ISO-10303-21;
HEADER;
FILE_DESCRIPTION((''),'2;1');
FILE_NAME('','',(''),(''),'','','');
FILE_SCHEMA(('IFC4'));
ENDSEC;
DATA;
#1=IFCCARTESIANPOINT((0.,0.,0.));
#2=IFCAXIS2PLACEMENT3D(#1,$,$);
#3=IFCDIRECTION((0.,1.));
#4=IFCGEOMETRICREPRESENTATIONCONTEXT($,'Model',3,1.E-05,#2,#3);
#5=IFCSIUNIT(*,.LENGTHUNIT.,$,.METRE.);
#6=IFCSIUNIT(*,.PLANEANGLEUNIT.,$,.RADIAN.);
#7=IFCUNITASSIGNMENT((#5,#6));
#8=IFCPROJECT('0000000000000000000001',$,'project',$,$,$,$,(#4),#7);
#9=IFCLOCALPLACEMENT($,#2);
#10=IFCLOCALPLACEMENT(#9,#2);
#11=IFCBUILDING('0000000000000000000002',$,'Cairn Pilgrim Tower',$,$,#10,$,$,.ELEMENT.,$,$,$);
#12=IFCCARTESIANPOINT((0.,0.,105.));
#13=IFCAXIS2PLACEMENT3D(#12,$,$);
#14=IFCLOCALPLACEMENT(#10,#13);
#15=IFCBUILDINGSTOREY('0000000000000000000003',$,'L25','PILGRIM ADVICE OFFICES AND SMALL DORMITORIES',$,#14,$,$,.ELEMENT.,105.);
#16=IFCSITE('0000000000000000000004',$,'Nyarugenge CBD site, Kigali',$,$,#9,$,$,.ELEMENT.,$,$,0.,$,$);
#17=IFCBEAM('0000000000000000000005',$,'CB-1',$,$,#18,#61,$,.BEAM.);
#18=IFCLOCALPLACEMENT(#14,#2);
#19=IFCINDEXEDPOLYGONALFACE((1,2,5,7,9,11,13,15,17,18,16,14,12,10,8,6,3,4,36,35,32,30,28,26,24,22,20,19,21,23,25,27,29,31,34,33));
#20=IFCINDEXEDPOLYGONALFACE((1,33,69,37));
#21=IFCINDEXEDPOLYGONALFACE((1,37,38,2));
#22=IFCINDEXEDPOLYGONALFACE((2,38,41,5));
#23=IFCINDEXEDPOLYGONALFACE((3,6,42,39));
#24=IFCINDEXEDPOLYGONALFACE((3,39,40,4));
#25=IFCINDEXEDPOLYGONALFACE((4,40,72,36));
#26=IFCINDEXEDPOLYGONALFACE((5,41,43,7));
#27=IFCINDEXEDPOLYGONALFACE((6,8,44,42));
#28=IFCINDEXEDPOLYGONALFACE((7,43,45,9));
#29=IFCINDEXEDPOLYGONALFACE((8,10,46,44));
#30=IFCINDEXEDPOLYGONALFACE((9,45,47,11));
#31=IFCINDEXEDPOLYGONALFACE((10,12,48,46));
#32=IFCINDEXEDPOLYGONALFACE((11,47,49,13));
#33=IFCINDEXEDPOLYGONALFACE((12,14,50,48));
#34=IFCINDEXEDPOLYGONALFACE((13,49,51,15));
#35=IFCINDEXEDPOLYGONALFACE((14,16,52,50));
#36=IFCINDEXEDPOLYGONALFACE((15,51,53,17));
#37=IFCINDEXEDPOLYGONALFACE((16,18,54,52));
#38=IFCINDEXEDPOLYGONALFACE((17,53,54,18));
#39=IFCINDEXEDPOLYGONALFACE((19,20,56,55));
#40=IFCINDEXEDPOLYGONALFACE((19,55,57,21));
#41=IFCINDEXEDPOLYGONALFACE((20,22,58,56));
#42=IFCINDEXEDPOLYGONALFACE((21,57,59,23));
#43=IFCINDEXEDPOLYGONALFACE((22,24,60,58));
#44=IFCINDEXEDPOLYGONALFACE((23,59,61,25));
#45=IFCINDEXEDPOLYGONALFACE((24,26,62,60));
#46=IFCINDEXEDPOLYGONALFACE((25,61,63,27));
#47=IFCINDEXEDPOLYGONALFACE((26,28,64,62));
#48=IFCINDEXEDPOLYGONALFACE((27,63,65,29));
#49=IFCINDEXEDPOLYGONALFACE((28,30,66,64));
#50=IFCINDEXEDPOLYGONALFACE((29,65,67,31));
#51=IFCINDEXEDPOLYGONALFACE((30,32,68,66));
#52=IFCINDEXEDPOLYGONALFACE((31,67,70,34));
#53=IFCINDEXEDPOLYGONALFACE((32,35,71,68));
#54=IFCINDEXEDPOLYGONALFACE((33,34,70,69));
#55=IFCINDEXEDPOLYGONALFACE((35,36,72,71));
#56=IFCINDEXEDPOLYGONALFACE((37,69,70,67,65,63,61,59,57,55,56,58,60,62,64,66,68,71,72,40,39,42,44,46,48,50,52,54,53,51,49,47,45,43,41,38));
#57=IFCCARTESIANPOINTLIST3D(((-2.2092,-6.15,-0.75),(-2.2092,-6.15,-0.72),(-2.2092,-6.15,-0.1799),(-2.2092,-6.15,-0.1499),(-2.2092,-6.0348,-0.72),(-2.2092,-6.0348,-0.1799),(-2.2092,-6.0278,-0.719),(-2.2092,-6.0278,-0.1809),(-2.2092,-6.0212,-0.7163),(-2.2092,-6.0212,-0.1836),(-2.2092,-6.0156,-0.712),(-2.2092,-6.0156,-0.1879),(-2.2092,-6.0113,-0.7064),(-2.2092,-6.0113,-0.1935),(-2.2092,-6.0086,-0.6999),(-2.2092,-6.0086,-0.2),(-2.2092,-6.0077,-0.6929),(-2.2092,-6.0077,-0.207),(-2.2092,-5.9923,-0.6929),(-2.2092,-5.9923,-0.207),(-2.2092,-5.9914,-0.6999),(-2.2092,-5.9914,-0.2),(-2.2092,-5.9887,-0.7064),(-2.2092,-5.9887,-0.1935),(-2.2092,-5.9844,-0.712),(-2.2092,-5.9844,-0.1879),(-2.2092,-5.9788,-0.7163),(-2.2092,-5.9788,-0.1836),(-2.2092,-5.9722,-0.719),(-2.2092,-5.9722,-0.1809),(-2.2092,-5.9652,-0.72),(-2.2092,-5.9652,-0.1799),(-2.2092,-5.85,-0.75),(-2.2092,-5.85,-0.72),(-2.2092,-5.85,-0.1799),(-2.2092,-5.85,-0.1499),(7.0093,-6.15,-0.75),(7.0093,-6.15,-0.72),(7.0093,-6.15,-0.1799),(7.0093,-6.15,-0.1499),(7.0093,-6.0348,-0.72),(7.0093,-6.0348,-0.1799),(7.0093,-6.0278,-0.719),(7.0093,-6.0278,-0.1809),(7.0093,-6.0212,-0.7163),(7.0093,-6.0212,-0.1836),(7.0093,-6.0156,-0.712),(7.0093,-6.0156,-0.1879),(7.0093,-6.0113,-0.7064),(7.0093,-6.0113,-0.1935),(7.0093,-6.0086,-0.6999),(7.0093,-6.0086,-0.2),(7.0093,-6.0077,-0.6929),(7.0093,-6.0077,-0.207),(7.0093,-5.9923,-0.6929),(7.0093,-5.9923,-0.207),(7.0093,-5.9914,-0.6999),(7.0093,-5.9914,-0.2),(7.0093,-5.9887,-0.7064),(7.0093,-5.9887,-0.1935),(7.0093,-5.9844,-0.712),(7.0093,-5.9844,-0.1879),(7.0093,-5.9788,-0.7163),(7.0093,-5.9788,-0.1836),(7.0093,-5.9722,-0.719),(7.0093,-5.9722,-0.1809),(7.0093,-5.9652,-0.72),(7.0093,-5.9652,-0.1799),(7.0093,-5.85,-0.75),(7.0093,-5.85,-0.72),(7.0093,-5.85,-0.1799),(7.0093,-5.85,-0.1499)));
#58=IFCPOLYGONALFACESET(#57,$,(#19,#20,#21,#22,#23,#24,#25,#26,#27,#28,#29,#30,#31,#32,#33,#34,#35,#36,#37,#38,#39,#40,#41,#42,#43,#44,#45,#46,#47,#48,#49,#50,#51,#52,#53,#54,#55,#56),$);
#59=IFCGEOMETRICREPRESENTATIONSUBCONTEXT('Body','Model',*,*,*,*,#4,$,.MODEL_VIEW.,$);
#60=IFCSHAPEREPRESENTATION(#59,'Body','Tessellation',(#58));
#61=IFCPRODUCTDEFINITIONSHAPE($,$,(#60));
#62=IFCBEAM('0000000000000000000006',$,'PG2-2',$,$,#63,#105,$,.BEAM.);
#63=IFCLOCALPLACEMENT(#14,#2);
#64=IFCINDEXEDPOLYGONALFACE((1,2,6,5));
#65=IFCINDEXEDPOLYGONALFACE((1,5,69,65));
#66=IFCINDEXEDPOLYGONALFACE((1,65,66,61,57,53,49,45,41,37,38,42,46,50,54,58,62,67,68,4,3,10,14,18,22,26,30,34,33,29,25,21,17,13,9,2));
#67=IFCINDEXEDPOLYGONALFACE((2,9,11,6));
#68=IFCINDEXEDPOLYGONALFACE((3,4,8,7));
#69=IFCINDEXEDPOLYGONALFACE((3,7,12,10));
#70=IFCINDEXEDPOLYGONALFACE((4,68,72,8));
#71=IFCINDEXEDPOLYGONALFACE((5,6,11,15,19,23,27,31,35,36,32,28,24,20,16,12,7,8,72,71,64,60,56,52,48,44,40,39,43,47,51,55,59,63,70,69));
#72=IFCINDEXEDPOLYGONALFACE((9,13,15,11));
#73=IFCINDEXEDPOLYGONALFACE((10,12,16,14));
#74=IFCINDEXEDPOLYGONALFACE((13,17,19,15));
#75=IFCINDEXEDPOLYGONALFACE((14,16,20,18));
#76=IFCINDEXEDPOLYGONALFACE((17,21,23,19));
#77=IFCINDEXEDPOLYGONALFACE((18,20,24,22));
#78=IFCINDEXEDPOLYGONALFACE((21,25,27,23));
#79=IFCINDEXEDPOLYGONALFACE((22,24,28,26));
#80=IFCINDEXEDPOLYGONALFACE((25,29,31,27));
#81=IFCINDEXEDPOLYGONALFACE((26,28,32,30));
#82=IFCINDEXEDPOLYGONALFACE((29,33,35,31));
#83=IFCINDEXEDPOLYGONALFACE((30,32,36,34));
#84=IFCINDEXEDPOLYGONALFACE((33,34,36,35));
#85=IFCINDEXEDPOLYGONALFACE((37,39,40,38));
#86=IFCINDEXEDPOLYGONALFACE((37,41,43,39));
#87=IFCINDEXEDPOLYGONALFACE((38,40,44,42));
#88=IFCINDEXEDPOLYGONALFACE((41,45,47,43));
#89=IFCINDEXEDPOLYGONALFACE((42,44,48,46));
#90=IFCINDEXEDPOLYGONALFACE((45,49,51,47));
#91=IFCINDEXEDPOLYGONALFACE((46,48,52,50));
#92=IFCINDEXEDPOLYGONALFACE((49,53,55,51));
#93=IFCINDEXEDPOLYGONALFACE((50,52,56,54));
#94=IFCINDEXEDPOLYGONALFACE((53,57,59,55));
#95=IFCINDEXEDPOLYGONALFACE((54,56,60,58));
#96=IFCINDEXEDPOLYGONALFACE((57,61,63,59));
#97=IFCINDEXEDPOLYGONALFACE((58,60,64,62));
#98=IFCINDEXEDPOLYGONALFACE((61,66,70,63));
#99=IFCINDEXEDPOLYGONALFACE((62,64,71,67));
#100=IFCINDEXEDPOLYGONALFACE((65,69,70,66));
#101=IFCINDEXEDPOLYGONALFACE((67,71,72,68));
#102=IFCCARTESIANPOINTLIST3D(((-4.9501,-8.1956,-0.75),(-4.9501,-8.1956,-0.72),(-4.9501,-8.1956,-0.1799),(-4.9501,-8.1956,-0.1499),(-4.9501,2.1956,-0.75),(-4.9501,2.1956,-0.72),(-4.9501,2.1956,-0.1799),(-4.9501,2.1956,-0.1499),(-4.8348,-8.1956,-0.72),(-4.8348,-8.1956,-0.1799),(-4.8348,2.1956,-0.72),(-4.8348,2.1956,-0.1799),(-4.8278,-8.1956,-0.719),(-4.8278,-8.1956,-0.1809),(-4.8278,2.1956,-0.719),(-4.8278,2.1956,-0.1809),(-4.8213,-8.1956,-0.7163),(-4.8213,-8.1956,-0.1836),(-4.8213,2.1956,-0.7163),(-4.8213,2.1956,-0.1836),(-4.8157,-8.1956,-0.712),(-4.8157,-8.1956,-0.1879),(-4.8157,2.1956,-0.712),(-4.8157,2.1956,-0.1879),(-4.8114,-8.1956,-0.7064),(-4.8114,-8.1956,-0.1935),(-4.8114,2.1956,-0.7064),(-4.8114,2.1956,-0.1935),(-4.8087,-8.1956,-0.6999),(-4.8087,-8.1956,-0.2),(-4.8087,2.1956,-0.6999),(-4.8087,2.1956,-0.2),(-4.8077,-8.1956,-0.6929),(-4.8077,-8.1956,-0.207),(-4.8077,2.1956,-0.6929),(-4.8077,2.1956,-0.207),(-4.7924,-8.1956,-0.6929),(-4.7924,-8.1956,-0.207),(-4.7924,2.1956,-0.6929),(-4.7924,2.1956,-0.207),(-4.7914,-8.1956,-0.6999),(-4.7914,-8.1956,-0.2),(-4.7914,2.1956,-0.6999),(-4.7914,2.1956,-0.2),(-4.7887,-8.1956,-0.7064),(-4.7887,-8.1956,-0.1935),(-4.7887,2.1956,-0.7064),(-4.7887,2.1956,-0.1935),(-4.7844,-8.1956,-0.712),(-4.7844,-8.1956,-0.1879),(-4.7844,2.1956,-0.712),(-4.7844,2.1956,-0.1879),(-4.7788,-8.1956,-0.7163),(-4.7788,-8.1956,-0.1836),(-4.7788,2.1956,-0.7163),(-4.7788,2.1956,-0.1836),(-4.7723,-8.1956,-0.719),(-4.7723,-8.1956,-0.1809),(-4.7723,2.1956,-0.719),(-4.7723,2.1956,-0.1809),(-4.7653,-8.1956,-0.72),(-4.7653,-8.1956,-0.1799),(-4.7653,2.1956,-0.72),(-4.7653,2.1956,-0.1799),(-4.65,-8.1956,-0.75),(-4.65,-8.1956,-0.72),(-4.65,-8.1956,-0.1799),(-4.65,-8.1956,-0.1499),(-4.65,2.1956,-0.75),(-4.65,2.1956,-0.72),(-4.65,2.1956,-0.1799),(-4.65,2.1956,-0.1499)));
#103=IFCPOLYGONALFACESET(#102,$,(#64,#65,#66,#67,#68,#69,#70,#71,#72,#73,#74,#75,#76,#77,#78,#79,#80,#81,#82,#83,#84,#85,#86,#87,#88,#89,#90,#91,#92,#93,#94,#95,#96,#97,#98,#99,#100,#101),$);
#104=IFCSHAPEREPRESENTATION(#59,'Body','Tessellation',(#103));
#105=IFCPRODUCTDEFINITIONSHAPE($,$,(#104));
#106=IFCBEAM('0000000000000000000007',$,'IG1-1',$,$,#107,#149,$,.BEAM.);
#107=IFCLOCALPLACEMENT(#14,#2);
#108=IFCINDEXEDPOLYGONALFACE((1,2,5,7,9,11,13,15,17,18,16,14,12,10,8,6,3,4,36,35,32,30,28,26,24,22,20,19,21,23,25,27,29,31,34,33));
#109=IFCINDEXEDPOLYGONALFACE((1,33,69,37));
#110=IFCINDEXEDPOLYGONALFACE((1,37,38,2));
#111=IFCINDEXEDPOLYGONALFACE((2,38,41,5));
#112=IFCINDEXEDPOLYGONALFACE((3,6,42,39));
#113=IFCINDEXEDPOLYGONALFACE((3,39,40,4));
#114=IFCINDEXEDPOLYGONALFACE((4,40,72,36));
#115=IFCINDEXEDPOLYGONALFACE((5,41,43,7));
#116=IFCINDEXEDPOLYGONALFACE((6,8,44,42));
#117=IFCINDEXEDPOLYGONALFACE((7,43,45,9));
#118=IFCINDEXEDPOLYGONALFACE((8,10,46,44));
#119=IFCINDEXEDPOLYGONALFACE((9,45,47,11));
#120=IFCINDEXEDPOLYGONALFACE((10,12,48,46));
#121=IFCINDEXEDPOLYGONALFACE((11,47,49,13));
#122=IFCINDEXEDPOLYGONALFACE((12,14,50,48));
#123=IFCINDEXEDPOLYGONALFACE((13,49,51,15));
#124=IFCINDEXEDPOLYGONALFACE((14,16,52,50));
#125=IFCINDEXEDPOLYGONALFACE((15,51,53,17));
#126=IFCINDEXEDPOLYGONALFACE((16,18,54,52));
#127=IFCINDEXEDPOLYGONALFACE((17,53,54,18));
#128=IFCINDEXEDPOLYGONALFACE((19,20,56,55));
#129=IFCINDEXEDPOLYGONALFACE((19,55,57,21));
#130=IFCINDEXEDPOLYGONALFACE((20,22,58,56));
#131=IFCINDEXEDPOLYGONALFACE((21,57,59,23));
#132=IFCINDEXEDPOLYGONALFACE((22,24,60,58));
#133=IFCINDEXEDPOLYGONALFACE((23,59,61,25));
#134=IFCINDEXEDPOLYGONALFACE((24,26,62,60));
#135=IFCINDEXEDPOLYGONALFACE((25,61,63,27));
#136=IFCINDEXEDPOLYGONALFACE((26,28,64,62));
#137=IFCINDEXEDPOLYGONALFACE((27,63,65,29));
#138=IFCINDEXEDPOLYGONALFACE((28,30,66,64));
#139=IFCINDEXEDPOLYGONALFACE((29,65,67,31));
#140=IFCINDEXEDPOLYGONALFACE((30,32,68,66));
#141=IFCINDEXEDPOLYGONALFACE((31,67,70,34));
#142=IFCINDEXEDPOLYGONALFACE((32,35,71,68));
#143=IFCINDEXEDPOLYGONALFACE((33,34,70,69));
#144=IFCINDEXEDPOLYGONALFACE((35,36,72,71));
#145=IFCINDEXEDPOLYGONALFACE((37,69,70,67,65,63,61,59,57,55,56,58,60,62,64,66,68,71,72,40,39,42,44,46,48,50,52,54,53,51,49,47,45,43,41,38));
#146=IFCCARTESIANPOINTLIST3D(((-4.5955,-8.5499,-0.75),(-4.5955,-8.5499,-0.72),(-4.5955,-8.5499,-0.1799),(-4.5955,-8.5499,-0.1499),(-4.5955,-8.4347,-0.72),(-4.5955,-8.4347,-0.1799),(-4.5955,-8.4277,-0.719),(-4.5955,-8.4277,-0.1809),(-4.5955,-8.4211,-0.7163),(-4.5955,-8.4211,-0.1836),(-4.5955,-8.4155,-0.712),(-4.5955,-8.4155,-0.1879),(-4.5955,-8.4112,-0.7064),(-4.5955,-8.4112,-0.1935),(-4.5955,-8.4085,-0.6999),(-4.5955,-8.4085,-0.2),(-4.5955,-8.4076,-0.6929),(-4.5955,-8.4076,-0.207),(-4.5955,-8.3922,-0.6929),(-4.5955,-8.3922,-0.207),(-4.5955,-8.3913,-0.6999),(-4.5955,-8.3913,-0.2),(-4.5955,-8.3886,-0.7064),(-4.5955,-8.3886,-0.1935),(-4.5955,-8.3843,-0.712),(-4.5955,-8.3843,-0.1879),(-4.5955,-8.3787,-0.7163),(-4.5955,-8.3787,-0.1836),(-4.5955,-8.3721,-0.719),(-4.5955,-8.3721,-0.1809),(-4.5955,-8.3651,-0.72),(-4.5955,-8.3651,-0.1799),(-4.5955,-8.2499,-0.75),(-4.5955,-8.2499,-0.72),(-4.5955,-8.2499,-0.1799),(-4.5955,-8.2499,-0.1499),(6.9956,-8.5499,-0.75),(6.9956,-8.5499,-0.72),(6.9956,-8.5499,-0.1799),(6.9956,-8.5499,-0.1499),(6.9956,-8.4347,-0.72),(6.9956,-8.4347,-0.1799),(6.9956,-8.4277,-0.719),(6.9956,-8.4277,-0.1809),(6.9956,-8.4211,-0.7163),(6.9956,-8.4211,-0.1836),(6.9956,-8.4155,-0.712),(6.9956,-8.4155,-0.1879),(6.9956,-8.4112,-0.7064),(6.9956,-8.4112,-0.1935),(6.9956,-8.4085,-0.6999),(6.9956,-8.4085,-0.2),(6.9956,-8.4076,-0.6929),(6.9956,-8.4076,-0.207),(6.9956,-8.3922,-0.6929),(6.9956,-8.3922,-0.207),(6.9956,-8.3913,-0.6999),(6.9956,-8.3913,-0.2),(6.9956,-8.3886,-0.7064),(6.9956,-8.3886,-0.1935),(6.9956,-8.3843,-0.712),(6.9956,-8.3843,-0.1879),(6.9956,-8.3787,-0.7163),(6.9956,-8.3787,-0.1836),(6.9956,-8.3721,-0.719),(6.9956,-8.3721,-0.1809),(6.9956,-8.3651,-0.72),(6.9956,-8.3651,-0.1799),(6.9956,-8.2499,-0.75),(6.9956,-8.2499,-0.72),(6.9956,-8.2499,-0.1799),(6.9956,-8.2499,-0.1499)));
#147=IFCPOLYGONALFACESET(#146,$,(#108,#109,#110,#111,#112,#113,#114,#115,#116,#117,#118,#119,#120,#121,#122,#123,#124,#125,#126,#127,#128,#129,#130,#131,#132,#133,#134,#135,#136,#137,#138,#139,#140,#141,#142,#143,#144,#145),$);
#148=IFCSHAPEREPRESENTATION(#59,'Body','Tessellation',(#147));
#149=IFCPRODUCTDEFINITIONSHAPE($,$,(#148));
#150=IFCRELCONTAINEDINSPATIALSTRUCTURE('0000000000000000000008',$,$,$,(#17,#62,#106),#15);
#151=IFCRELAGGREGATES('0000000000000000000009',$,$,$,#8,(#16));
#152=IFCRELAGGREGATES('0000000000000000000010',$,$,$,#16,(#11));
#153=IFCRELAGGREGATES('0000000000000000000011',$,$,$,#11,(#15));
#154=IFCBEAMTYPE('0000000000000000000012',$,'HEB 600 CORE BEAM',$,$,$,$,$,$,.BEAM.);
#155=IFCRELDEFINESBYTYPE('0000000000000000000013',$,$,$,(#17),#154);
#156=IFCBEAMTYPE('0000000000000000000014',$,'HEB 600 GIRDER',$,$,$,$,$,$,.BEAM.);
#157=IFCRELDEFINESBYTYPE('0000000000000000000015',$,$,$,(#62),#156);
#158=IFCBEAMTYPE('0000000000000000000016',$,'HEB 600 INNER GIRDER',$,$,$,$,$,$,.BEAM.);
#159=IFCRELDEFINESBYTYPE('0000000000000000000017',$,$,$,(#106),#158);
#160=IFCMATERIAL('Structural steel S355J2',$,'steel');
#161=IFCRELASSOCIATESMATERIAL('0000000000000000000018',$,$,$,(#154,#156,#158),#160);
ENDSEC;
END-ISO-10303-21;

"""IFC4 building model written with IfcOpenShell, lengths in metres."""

from ifc_helpers import new_model, si_unit, direction, frame, origin, origin_2d, place, context, subcontext, project, spatial, i_section, extrude, material, material_profile, profile_set, type_object, element, save


model = new_model("IFC4")

# Units and contexts
model_context = context("Model", 3, precision=1e-05, world=origin(), true_north=direction((0.0, 1.0)))
body_context = subcontext(model_context, "Body", "Model", "MODEL_VIEW")
ifc_project = project(units=[si_unit("LENGTHUNIT", "METRE"), si_unit("PLANEANGLEUNIT", "RADIAN")], contexts=[model_context])

# Site, building, storey
site_placement = place(None, origin())
site = spatial("IfcSite", under=ifc_project, at=site_placement, Name="Nyarugenge CBD site, Kigali", CompositionType="ELEMENT", RefElevation=0.0)
building_placement = place(site_placement, origin())
building = spatial("IfcBuilding", under=site, at=building_placement, Name="Cairn Pilgrim Tower", CompositionType="ELEMENT")
storey_placement = place(building_placement, frame((0.0, 0.0, 105.0)))
storey = spatial("IfcBuildingStorey", under=building, at=storey_placement, Name="L25", Description="PILGRIM ADVICE OFFICES AND SMALL DORMITORIES", CompositionType="ELEMENT", Elevation=105.0)

# Beams
ifc_material_1 = material(Name="Structural steel S355J2", Category="steel")
ifc_material_profile_1 = material_profile(ifc_material_1, i_section(OverallWidth=0.3, OverallDepth=0.6001, WebThickness=0.0154, FlangeThickness=0.03, FilletRadius=0.0271, at=origin_2d()), Name="HEB 600")
ifc_profile_set_1 = profile_set([ifc_material_profile_1], Name="Structural steel S355J2")
beam_type_1 = type_object("IfcBeamType", Name="HEB 600 CORE BEAM", PredefinedType="BEAM", material=ifc_profile_set_1)
beam_1_placement = place(storey_placement, frame((-2.2092, -6.0, -0.45), z_axis=(1.0, 0.0, 0.0), x_axis=(0.0, 1.0, 0.0)))
element("IfcBeam", 1, at=beam_1_placement, inside=storey, type_object=beam_type_1, Name="CB-1", PredefinedType="BEAM", context=body_context, shape_type="SweptSolid", body=[
    extrude(i_section(OverallWidth=0.3, OverallDepth=0.6001, WebThickness=0.0154, FlangeThickness=0.03, FilletRadius=0.0271, at=origin_2d()), origin(), (0.0, 0.0, 1.0), 9.2185),
])
ifc_material_profile_2 = material_profile(ifc_material_1, i_section(OverallWidth=0.3, OverallDepth=0.6001, WebThickness=0.0154, FlangeThickness=0.03, FilletRadius=0.0271, at=origin_2d()), Name="HEB 600")
ifc_profile_set_2 = profile_set([ifc_material_profile_2], Name="Structural steel S355J2")
beam_type_2 = type_object("IfcBeamType", Name="HEB 600 GIRDER", PredefinedType="BEAM", material=ifc_profile_set_2)
beam_2_placement = place(storey_placement, frame((-4.8, -8.1956, -0.45), z_axis=(0.0, 1.0, 0.0), x_axis=(-1.0, 0.0, 0.0)))
element("IfcBeam", 2, at=beam_2_placement, inside=storey, type_object=beam_type_2, Name="PG2-2", PredefinedType="BEAM", context=body_context, shape_type="SweptSolid", body=[
    extrude(i_section(OverallWidth=0.3, OverallDepth=0.6001, WebThickness=0.0154, FlangeThickness=0.03, FilletRadius=0.0271, at=origin_2d()), origin(), (0.0, 0.0, 1.0), 10.3911),
])
ifc_material_profile_3 = material_profile(ifc_material_1, i_section(OverallWidth=0.3, OverallDepth=0.6001, WebThickness=0.0154, FlangeThickness=0.03, FilletRadius=0.0271, at=origin_2d()), Name="HEB 600")
ifc_profile_set_3 = profile_set([ifc_material_profile_3], Name="Structural steel S355J2")
beam_type_3 = type_object("IfcBeamType", Name="HEB 600 INNER GIRDER", PredefinedType="BEAM", material=ifc_profile_set_3)
beam_3_placement = place(storey_placement, frame((-4.5955, -8.3999, -0.45), z_axis=(1.0, 0.0, 0.0), x_axis=(0.0, 1.0, 0.0)))
element("IfcBeam", 3, at=beam_3_placement, inside=storey, type_object=beam_type_3, Name="IG1-1", PredefinedType="BEAM", context=body_context, shape_type="SweptSolid", body=[
    extrude(i_section(OverallWidth=0.3, OverallDepth=0.6001, WebThickness=0.0154, FlangeThickness=0.03, FilletRadius=0.0271, at=origin_2d()), origin(), (0.0, 0.0, 1.0), 11.5911),
])

save(model, "model.ifc")
